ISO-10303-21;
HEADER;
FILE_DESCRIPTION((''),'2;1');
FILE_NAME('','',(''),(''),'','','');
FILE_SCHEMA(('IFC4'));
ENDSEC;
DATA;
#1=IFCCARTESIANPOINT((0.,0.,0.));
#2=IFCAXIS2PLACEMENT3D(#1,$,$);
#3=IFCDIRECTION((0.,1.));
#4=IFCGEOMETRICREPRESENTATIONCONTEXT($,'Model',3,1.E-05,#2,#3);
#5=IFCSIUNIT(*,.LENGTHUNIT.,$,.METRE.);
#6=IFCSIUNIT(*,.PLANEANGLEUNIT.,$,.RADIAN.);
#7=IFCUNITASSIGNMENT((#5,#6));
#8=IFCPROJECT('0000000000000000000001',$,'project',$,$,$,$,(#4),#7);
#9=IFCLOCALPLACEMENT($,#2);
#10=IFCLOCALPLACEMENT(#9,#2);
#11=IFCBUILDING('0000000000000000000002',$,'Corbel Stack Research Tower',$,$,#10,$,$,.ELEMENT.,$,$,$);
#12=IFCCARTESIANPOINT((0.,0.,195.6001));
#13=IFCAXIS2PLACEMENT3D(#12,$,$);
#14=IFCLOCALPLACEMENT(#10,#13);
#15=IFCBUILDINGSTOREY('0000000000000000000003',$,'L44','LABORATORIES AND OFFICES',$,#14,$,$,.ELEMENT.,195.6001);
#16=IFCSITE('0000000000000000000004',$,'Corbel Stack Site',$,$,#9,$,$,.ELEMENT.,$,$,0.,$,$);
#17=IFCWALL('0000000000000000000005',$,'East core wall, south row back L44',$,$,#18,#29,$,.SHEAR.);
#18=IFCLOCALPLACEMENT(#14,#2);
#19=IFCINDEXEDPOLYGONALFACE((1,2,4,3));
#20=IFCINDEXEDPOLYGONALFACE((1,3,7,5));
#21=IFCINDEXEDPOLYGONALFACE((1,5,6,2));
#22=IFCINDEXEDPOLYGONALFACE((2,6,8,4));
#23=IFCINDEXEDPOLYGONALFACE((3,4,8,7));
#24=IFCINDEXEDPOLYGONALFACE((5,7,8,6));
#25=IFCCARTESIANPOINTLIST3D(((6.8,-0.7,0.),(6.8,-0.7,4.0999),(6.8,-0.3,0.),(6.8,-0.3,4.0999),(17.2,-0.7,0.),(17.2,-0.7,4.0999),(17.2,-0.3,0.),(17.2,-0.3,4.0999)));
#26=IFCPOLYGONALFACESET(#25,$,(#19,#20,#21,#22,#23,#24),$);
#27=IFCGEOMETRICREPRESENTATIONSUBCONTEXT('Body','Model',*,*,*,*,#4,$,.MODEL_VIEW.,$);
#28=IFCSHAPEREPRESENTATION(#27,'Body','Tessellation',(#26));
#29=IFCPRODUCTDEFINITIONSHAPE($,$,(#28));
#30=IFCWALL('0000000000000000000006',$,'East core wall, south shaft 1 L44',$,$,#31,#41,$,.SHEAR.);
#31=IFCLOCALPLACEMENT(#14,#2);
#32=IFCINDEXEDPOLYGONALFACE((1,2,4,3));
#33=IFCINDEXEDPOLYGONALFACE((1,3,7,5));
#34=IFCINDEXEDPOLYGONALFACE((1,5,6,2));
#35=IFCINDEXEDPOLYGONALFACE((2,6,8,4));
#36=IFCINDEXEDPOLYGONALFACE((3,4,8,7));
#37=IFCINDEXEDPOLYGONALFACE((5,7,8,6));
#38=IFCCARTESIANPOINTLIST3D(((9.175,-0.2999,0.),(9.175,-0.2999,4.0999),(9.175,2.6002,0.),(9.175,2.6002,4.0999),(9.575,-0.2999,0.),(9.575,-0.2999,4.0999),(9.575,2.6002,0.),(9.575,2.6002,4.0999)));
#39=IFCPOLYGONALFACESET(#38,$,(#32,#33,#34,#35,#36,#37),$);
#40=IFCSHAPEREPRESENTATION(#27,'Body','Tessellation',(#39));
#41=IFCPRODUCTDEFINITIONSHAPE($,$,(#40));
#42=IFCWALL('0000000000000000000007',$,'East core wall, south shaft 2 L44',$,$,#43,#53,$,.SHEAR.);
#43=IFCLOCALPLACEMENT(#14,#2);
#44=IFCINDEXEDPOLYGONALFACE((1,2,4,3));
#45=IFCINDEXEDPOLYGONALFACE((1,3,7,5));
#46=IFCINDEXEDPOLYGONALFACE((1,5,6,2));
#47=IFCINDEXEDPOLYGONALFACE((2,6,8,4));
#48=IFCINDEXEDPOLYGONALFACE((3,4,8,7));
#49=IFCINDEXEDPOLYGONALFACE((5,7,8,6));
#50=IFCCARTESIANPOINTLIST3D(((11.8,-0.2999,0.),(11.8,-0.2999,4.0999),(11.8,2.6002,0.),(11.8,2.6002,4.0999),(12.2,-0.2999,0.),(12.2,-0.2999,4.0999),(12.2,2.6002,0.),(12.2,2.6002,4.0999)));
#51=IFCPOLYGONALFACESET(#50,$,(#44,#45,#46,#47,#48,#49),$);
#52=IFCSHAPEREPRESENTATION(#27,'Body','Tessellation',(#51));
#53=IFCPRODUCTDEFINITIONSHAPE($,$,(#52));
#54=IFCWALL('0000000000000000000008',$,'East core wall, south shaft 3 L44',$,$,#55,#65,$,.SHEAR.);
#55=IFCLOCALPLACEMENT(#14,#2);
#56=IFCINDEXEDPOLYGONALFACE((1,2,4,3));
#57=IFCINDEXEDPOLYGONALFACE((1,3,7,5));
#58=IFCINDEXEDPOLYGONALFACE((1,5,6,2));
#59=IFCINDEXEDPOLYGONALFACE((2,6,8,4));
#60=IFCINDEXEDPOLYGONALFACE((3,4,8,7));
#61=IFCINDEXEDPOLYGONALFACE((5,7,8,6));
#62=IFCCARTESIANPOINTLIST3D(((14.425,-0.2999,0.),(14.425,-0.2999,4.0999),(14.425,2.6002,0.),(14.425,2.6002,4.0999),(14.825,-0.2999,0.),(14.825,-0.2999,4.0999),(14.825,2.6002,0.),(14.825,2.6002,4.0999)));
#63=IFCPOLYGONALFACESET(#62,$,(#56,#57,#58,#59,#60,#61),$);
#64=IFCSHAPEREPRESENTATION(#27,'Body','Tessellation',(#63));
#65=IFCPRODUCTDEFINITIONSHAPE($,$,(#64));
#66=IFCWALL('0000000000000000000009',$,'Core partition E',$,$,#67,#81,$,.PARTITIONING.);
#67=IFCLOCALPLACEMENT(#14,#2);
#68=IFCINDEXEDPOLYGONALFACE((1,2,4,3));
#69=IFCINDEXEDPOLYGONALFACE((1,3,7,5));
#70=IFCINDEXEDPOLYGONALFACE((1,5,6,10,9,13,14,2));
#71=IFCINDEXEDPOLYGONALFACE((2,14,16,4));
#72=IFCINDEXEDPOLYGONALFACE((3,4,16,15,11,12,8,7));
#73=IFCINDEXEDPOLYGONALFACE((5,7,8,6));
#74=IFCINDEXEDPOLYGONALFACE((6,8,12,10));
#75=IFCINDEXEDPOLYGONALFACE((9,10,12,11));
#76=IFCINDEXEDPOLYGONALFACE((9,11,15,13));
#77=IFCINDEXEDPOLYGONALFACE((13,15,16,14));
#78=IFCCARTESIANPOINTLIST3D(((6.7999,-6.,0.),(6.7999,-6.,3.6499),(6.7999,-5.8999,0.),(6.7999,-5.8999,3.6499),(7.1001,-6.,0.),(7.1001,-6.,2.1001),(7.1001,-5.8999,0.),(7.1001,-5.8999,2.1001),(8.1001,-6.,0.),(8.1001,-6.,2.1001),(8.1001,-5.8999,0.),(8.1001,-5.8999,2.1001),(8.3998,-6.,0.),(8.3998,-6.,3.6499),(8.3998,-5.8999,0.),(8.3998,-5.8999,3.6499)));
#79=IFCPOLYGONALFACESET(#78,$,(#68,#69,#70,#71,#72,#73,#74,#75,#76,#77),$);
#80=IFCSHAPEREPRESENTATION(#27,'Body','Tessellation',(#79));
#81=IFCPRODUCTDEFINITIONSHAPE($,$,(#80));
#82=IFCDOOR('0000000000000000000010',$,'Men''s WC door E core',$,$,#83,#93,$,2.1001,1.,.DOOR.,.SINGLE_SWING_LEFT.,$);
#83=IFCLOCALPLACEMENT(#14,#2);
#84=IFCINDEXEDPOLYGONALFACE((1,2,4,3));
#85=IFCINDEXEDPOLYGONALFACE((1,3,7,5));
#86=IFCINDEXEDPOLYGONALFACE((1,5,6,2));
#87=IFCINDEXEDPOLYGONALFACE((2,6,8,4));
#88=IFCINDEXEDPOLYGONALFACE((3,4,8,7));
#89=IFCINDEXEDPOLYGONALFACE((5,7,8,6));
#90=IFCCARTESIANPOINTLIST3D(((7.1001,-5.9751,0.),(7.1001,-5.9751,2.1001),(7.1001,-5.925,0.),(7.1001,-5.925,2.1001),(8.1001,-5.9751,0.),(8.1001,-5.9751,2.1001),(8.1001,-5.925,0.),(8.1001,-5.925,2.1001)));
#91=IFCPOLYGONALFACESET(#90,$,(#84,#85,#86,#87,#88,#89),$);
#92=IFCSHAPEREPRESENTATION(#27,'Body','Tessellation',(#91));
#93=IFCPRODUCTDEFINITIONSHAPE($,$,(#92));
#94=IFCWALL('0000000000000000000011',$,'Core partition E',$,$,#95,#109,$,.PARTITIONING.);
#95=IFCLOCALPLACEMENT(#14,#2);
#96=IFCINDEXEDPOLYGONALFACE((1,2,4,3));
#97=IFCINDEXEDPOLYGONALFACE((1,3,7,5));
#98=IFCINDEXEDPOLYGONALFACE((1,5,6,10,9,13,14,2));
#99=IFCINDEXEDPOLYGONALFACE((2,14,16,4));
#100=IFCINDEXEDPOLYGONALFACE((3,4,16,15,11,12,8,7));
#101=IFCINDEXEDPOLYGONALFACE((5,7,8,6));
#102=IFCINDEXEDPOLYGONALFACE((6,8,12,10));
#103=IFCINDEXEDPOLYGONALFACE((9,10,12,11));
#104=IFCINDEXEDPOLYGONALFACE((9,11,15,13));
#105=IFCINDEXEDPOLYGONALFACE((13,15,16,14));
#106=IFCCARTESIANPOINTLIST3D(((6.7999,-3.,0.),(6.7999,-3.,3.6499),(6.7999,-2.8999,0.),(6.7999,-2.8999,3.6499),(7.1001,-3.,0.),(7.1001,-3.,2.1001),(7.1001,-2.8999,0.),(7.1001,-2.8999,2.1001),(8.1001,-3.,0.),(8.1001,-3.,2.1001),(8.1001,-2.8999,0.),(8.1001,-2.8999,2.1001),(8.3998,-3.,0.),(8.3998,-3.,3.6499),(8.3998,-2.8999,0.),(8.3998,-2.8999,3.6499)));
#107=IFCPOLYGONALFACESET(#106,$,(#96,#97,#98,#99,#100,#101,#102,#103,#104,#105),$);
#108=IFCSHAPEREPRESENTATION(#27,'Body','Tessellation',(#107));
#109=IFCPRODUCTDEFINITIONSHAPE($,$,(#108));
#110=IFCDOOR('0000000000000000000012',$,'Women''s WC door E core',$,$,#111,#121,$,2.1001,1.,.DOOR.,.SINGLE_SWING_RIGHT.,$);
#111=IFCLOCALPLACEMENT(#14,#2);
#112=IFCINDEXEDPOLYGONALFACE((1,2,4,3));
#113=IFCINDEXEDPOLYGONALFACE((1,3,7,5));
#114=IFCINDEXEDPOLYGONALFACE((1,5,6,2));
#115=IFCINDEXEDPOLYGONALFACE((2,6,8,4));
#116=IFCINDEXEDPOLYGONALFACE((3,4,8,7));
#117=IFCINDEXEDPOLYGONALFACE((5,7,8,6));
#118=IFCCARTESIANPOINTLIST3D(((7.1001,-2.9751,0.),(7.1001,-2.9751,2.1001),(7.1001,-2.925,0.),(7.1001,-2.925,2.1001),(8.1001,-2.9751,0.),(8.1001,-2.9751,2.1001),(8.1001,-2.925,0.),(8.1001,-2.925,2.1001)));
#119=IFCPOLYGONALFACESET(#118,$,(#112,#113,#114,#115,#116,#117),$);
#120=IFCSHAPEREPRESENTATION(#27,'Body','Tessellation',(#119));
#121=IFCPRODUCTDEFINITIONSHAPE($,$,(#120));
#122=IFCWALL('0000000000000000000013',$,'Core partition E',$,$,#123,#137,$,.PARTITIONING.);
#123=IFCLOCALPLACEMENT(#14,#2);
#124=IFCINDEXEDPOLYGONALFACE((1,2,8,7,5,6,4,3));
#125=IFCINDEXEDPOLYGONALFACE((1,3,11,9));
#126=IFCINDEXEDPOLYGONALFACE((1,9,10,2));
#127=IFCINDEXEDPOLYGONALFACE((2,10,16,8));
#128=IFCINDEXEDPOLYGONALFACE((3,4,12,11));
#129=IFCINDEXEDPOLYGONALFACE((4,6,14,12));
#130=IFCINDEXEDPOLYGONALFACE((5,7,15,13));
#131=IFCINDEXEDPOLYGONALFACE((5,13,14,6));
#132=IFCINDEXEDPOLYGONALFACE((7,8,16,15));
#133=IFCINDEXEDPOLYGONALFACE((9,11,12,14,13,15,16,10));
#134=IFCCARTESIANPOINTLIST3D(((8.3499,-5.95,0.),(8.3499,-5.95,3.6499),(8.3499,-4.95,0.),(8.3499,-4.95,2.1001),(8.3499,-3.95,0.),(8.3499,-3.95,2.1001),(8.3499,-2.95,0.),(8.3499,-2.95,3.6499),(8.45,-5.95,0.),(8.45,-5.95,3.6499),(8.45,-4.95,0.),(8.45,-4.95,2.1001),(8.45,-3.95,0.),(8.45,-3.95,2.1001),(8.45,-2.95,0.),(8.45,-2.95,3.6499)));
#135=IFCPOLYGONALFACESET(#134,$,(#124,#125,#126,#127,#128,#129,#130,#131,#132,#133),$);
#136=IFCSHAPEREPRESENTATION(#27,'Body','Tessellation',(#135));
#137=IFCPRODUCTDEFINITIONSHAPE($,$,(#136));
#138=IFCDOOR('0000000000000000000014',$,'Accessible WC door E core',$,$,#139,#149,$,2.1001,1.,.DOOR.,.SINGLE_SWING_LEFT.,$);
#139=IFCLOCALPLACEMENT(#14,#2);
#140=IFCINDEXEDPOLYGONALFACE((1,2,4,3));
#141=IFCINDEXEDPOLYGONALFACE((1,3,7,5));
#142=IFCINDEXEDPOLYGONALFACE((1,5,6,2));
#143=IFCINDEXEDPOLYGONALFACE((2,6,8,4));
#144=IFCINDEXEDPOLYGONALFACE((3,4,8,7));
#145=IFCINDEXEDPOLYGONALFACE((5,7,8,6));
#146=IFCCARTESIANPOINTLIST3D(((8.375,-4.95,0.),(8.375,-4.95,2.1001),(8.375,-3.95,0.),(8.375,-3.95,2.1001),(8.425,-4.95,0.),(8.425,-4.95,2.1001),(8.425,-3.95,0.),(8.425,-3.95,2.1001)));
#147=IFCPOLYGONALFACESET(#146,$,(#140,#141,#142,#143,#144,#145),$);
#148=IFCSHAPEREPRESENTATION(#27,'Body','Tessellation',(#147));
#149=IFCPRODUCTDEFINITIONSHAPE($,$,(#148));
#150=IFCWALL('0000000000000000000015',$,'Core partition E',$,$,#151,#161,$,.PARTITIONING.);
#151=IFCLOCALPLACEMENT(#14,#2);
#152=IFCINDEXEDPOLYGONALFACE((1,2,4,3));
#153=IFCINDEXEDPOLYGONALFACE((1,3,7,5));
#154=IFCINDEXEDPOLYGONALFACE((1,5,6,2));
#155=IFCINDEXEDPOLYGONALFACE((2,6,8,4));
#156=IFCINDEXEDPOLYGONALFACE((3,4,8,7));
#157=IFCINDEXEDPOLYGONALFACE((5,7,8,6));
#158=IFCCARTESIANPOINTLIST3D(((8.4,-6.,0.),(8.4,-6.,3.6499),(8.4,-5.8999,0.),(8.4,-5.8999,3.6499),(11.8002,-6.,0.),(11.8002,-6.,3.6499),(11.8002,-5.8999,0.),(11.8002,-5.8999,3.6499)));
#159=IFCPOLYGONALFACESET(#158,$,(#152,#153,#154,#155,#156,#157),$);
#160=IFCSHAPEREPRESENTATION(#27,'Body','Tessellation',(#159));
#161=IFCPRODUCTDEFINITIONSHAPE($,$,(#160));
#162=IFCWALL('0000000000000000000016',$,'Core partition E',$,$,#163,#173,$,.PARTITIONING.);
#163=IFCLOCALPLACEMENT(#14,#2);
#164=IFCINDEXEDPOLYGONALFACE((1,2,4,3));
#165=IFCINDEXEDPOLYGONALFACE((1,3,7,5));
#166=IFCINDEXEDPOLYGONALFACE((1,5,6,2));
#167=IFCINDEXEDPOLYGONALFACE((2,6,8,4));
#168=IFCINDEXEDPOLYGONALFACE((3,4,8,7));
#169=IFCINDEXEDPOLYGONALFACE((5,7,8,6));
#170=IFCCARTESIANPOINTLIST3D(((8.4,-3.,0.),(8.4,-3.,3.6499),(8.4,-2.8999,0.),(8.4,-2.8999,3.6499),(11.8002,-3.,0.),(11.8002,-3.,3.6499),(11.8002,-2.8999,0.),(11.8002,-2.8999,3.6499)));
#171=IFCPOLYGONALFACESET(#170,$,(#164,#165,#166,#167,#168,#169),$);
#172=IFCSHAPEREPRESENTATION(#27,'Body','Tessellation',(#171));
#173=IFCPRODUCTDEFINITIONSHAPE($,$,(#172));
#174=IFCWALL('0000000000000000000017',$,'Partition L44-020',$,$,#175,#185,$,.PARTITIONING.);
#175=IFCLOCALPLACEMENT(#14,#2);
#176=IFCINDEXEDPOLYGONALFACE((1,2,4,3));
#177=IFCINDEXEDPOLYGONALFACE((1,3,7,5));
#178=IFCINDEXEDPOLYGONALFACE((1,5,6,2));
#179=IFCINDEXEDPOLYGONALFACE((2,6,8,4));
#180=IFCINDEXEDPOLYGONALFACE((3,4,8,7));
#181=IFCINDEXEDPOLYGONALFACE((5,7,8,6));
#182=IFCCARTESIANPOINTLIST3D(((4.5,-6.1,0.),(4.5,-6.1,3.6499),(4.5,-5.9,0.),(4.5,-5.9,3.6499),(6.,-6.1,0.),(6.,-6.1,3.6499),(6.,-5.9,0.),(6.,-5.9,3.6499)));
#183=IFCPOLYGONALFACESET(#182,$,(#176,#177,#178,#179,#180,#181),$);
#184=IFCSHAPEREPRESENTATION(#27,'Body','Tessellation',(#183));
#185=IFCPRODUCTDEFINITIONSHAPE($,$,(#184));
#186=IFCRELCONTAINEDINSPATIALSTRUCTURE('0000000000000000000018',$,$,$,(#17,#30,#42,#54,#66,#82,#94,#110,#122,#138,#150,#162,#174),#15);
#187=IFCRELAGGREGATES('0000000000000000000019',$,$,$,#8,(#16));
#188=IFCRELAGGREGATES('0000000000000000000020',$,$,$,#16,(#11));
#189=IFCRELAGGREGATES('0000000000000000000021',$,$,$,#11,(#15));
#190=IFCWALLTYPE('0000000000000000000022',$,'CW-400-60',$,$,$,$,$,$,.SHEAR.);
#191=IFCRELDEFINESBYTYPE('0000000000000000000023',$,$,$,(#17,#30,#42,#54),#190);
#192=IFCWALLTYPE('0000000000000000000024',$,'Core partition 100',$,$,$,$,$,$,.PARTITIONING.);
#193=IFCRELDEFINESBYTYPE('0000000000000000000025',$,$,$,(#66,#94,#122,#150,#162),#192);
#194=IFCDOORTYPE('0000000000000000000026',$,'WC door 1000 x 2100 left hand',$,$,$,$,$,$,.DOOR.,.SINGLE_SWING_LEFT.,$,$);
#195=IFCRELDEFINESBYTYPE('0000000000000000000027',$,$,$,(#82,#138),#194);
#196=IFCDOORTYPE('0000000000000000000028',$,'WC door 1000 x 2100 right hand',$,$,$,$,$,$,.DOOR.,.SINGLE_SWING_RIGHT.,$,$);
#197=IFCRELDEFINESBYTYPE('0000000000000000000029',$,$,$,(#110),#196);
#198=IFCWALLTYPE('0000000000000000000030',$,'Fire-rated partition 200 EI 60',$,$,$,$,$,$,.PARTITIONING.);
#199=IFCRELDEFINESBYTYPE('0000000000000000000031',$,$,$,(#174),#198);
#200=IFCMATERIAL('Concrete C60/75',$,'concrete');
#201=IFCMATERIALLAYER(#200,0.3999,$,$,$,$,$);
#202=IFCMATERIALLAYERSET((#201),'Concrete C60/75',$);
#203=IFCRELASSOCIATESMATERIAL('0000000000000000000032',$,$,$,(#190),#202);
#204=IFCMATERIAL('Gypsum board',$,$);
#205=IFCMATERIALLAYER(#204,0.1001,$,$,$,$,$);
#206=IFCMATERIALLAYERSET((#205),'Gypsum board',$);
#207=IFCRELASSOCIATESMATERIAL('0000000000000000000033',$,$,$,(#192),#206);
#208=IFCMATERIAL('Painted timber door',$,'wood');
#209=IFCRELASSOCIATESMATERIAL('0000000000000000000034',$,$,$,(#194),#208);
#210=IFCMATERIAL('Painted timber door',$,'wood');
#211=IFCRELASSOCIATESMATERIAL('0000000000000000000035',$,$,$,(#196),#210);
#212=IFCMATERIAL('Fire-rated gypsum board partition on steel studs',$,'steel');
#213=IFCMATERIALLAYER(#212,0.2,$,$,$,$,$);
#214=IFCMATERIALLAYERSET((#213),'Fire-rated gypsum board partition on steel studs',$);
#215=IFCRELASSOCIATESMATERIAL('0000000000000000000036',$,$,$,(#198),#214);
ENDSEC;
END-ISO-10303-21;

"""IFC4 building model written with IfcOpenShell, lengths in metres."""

from ifc_helpers import new_model, si_unit, direction, frame, frame_2d, origin, place, context, subcontext, project, spatial, rectangle, extrude, material, layer, layer_set, type_object, element, fill, save


model = new_model("IFC4")

# Units and contexts
model_context = context("Model", 3, precision=1e-05, world=origin(), true_north=direction((0.0, 1.0)))
body_context = subcontext(model_context, "Body", "Model", "MODEL_VIEW")
ifc_project = project(units=[si_unit("LENGTHUNIT", "METRE"), si_unit("PLANEANGLEUNIT", "RADIAN")], contexts=[model_context])

# Site, building, storey
site_placement = place(None, origin())
site = spatial("IfcSite", under=ifc_project, at=site_placement, Name="Corbel Stack Site", CompositionType="ELEMENT", RefElevation=0.0)
building_placement = place(site_placement, origin())
building = spatial("IfcBuilding", under=site, at=building_placement, Name="Corbel Stack Research Tower", CompositionType="ELEMENT")
storey_placement = place(building_placement, frame((0.0, 0.0, 195.6001)))
storey = spatial("IfcBuildingStorey", under=building, at=storey_placement, Name="L44", Description="LABORATORIES AND OFFICES", CompositionType="ELEMENT", Elevation=195.6001)

# Walls
ifc_material_1 = material(Name="Concrete C60/75", Category="concrete")
ifc_layer_1 = layer(ifc_material_1, 0.3999)
ifc_layer_set_1 = layer_set([ifc_layer_1], Name="Concrete C60/75")
wall_type_1 = type_object("IfcWallType", Name="CW-400-60", PredefinedType="SHEAR", material=ifc_layer_set_1)
wall_1_placement = place(storey_placement, frame((6.8, -0.5, 0.0), z_axis=(0.0, 0.0, 1.0), x_axis=(1.0, 0.0, 0.0)))
element("IfcWall", 1, at=wall_1_placement, inside=storey, type_object=wall_type_1, Name="East core wall, south row back L44", PredefinedType="SHEAR", context=body_context, shape_type="SweptSolid", body=[
    extrude(rectangle(XDim=10.3999, YDim=0.3999, at=frame_2d((5.2, 0.0))), origin(), (0.0, 0.0, 1.0), 4.0999),
])
for number, where, z_axis, x_axis, name in (
    (2, (9.375, -0.3, 0.0), (0.0, 0.0, 1.0), (0.0, 1.0, 0.0), "East core wall, south shaft 1 L44"),
    (3, (12.0, -0.3, 0.0), (0.0, 0.0, 1.0), (0.0, 1.0, 0.0), "East core wall, south shaft 2 L44"),
    (4, (14.625, -0.3, 0.0), (0.0, 0.0, 1.0), (0.0, 1.0, 0.0), "East core wall, south shaft 3 L44"),
):
    element("IfcWall", number, at=place(storey_placement, frame(where, z_axis=z_axis, x_axis=x_axis)), inside=storey, type_object=wall_type_1, Name=name, PredefinedType="SHEAR", context=body_context, shape_type="SweptSolid", body=[
        extrude(rectangle(XDim=2.9001, YDim=0.3999, at=frame_2d((1.4502, 0.0))), origin(), (0.0, 0.0, 1.0), 4.0999),
    ])

# Walls, openings, doors
ifc_material_2 = material(Name="Gypsum board")
ifc_layer_2 = layer(ifc_material_2, 0.1001)
ifc_layer_set_2 = layer_set([ifc_layer_2], Name="Gypsum board")
wall_type_2 = type_object("IfcWallType", Name="Core partition 100", PredefinedType="PARTITIONING", material=ifc_layer_set_2)
wall_2_placement = place(storey_placement, frame((6.8, -5.95, 0.0), z_axis=(0.0, 0.0, 1.0), x_axis=(1.0, 0.0, 0.0)))
wall_2 = element("IfcWall", 5, at=wall_2_placement, inside=storey, type_object=wall_type_2, Name="Core partition E", PredefinedType="PARTITIONING", context=body_context, shape_type="SweptSolid", body=[
    extrude(rectangle(XDim=1.5999, YDim=0.1001, at=frame_2d((0.7998, 0.0))), origin(), (0.0, 0.0, 1.0), 3.6499),
])
opening_1_placement = place(wall_2_placement, frame((0.3, 0.0, 0.0)))
opening_1 = element("IfcOpeningElement", 6, at=opening_1_placement, cuts=wall_2, PredefinedType="OPENING", context=body_context, shape_type="SweptSolid", body=[
    extrude(rectangle(XDim=1.0, YDim=2.1001, at=frame_2d((0.5, 1.05))), frame((0.0, 0.0601, 0.0), z_axis=(0.0, -1.0, 0.0), x_axis=(1.0, 0.0, 0.0)), (0.0, 0.0, 1.0), 0.1201),
])
ifc_material_3 = material(Name="Painted timber door", Category="wood")
door_type_1 = type_object("IfcDoorType", Name="WC door 1000 x 2100 left hand", OperationType="SINGLE_SWING_LEFT", PredefinedType="DOOR", material=ifc_material_3)
door_1_placement = place(opening_1_placement, origin())
door_1 = element("IfcDoor", 7, at=door_1_placement, inside=storey, type_object=door_type_1, Name="Men's WC door E core", OperationType="SINGLE_SWING_LEFT", OverallHeight=2.1001, OverallWidth=1.0, PredefinedType="DOOR", context=body_context, shape_type="SweptSolid", body=[
    extrude(rectangle(XDim=1.0, YDim=2.1001, at=frame_2d((0.5, 1.05))), frame((0.0, 0.0249, 0.0), z_axis=(0.0, -1.0, 0.0), x_axis=(1.0, 0.0, 0.0)), (0.0, 0.0, 1.0), 0.05),
])
fill(opening_1, door_1)
wall_3_placement = place(storey_placement, frame((6.8, -2.95, 0.0), z_axis=(0.0, 0.0, 1.0), x_axis=(1.0, 0.0, 0.0)))
wall_3 = element("IfcWall", 8, at=wall_3_placement, inside=storey, type_object=wall_type_2, Name="Core partition E", PredefinedType="PARTITIONING", context=body_context, shape_type="SweptSolid", body=[
    extrude(rectangle(XDim=1.5999, YDim=0.1001, at=frame_2d((0.7998, 0.0))), origin(), (0.0, 0.0, 1.0), 3.6499),
])
opening_2_placement = place(wall_3_placement, frame((0.3, 0.0, 0.0)))
opening_2 = element("IfcOpeningElement", 9, at=opening_2_placement, cuts=wall_3, PredefinedType="OPENING", context=body_context, shape_type="SweptSolid", body=[
    extrude(rectangle(XDim=1.0, YDim=2.1001, at=frame_2d((0.5, 1.05))), frame((0.0, 0.0601, 0.0), z_axis=(0.0, -1.0, 0.0), x_axis=(1.0, 0.0, 0.0)), (0.0, 0.0, 1.0), 0.1201),
])
ifc_material_4 = material(Name="Painted timber door", Category="wood")
door_type_2 = type_object("IfcDoorType", Name="WC door 1000 x 2100 right hand", OperationType="SINGLE_SWING_RIGHT", PredefinedType="DOOR", material=ifc_material_4)
door_2_placement = place(opening_2_placement, origin())
door_2 = element("IfcDoor", 10, at=door_2_placement, inside=storey, type_object=door_type_2, Name="Women's WC door E core", OperationType="SINGLE_SWING_RIGHT", OverallHeight=2.1001, OverallWidth=1.0, PredefinedType="DOOR", context=body_context, shape_type="SweptSolid", body=[
    extrude(rectangle(XDim=1.0, YDim=2.1001, at=frame_2d((0.5, 1.05))), frame((0.0, 0.0249, 0.0), z_axis=(0.0, -1.0, 0.0), x_axis=(1.0, 0.0, 0.0)), (0.0, 0.0, 1.0), 0.05),
])
fill(opening_2, door_2)
wall_4_placement = place(storey_placement, frame((8.3999, -5.95, 0.0), z_axis=(0.0, 0.0, 1.0), x_axis=(0.0, 1.0, 0.0)))
wall_4 = element("IfcWall", 11, at=wall_4_placement, inside=storey, type_object=wall_type_2, Name="Core partition E", PredefinedType="PARTITIONING", context=body_context, shape_type="SweptSolid", body=[
    extrude(rectangle(XDim=3.0, YDim=0.1001, at=frame_2d((1.5, 0.0))), origin(), (0.0, 0.0, 1.0), 3.6499),
])
opening_3_placement = place(wall_4_placement, frame((1.0, 0.0, 0.0)))
opening_3 = element("IfcOpeningElement", 12, at=opening_3_placement, cuts=wall_4, PredefinedType="OPENING", context=body_context, shape_type="SweptSolid", body=[
    extrude(rectangle(XDim=1.0, YDim=2.1001, at=frame_2d((0.5, 1.05))), frame((0.0, 0.0601, 0.0), z_axis=(0.0, -1.0, 0.0), x_axis=(1.0, 0.0, 0.0)), (0.0, 0.0, 1.0), 0.1201),
])
door_3_placement = place(opening_3_placement, origin())
door_3 = element("IfcDoor", 13, at=door_3_placement, inside=storey, type_object=door_type_1, Name="Accessible WC door E core", OperationType="SINGLE_SWING_LEFT", OverallHeight=2.1001, OverallWidth=1.0, PredefinedType="DOOR", context=body_context, shape_type="SweptSolid", body=[
    extrude(rectangle(XDim=1.0, YDim=2.1001, at=frame_2d((0.5, 1.05))), frame((0.0, 0.0249, 0.0), z_axis=(0.0, -1.0, 0.0), x_axis=(1.0, 0.0, 0.0)), (0.0, 0.0, 1.0), 0.05),
])
fill(opening_3, door_3)

# Walls
for number, where, z_axis, x_axis, name in (
    (14, (8.3999, -5.95, 0.0), (0.0, 0.0, 1.0), (1.0, 0.0, 0.0), "Core partition E"),
    (15, (8.3999, -2.95, 0.0), (0.0, 0.0, 1.0), (1.0, 0.0, 0.0), "Core partition E"),
):
    element("IfcWall", number, at=place(storey_placement, frame(where, z_axis=z_axis, x_axis=x_axis)), inside=storey, type_object=wall_type_2, Name=name, PredefinedType="PARTITIONING", context=body_context, shape_type="SweptSolid", body=[
        extrude(rectangle(XDim=3.4001, YDim=0.1001, at=frame_2d((1.7002, 0.0))), origin(), (0.0, 0.0, 1.0), 3.6499),
    ])
ifc_material_5 = material(Name="Fire-rated gypsum board partition on steel studs", Category="steel")
ifc_layer_3 = layer(ifc_material_5, 0.2)
ifc_layer_set_3 = layer_set([ifc_layer_3], Name="Fire-rated gypsum board partition on steel studs")
wall_type_3 = type_object("IfcWallType", Name="Fire-rated partition 200 EI 60", PredefinedType="PARTITIONING", material=ifc_layer_set_3)
for number, where, z_axis, x_axis, name in (
    (16, (4.5, -6.0, 0.0), (0.0, 0.0, 1.0), (1.0, 0.0, 0.0), "Partition L44-020"),
):
    element("IfcWall", number, at=place(storey_placement, frame(where, z_axis=z_axis, x_axis=x_axis)), inside=storey, type_object=wall_type_3, Name=name, PredefinedType="PARTITIONING", context=body_context, shape_type="SweptSolid", body=[
        extrude(rectangle(XDim=1.5, YDim=0.2, at=frame_2d((0.75, 0.0))), origin(), (0.0, 0.0, 1.0), 3.6499),
    ])

save(model, "model.ifc")
